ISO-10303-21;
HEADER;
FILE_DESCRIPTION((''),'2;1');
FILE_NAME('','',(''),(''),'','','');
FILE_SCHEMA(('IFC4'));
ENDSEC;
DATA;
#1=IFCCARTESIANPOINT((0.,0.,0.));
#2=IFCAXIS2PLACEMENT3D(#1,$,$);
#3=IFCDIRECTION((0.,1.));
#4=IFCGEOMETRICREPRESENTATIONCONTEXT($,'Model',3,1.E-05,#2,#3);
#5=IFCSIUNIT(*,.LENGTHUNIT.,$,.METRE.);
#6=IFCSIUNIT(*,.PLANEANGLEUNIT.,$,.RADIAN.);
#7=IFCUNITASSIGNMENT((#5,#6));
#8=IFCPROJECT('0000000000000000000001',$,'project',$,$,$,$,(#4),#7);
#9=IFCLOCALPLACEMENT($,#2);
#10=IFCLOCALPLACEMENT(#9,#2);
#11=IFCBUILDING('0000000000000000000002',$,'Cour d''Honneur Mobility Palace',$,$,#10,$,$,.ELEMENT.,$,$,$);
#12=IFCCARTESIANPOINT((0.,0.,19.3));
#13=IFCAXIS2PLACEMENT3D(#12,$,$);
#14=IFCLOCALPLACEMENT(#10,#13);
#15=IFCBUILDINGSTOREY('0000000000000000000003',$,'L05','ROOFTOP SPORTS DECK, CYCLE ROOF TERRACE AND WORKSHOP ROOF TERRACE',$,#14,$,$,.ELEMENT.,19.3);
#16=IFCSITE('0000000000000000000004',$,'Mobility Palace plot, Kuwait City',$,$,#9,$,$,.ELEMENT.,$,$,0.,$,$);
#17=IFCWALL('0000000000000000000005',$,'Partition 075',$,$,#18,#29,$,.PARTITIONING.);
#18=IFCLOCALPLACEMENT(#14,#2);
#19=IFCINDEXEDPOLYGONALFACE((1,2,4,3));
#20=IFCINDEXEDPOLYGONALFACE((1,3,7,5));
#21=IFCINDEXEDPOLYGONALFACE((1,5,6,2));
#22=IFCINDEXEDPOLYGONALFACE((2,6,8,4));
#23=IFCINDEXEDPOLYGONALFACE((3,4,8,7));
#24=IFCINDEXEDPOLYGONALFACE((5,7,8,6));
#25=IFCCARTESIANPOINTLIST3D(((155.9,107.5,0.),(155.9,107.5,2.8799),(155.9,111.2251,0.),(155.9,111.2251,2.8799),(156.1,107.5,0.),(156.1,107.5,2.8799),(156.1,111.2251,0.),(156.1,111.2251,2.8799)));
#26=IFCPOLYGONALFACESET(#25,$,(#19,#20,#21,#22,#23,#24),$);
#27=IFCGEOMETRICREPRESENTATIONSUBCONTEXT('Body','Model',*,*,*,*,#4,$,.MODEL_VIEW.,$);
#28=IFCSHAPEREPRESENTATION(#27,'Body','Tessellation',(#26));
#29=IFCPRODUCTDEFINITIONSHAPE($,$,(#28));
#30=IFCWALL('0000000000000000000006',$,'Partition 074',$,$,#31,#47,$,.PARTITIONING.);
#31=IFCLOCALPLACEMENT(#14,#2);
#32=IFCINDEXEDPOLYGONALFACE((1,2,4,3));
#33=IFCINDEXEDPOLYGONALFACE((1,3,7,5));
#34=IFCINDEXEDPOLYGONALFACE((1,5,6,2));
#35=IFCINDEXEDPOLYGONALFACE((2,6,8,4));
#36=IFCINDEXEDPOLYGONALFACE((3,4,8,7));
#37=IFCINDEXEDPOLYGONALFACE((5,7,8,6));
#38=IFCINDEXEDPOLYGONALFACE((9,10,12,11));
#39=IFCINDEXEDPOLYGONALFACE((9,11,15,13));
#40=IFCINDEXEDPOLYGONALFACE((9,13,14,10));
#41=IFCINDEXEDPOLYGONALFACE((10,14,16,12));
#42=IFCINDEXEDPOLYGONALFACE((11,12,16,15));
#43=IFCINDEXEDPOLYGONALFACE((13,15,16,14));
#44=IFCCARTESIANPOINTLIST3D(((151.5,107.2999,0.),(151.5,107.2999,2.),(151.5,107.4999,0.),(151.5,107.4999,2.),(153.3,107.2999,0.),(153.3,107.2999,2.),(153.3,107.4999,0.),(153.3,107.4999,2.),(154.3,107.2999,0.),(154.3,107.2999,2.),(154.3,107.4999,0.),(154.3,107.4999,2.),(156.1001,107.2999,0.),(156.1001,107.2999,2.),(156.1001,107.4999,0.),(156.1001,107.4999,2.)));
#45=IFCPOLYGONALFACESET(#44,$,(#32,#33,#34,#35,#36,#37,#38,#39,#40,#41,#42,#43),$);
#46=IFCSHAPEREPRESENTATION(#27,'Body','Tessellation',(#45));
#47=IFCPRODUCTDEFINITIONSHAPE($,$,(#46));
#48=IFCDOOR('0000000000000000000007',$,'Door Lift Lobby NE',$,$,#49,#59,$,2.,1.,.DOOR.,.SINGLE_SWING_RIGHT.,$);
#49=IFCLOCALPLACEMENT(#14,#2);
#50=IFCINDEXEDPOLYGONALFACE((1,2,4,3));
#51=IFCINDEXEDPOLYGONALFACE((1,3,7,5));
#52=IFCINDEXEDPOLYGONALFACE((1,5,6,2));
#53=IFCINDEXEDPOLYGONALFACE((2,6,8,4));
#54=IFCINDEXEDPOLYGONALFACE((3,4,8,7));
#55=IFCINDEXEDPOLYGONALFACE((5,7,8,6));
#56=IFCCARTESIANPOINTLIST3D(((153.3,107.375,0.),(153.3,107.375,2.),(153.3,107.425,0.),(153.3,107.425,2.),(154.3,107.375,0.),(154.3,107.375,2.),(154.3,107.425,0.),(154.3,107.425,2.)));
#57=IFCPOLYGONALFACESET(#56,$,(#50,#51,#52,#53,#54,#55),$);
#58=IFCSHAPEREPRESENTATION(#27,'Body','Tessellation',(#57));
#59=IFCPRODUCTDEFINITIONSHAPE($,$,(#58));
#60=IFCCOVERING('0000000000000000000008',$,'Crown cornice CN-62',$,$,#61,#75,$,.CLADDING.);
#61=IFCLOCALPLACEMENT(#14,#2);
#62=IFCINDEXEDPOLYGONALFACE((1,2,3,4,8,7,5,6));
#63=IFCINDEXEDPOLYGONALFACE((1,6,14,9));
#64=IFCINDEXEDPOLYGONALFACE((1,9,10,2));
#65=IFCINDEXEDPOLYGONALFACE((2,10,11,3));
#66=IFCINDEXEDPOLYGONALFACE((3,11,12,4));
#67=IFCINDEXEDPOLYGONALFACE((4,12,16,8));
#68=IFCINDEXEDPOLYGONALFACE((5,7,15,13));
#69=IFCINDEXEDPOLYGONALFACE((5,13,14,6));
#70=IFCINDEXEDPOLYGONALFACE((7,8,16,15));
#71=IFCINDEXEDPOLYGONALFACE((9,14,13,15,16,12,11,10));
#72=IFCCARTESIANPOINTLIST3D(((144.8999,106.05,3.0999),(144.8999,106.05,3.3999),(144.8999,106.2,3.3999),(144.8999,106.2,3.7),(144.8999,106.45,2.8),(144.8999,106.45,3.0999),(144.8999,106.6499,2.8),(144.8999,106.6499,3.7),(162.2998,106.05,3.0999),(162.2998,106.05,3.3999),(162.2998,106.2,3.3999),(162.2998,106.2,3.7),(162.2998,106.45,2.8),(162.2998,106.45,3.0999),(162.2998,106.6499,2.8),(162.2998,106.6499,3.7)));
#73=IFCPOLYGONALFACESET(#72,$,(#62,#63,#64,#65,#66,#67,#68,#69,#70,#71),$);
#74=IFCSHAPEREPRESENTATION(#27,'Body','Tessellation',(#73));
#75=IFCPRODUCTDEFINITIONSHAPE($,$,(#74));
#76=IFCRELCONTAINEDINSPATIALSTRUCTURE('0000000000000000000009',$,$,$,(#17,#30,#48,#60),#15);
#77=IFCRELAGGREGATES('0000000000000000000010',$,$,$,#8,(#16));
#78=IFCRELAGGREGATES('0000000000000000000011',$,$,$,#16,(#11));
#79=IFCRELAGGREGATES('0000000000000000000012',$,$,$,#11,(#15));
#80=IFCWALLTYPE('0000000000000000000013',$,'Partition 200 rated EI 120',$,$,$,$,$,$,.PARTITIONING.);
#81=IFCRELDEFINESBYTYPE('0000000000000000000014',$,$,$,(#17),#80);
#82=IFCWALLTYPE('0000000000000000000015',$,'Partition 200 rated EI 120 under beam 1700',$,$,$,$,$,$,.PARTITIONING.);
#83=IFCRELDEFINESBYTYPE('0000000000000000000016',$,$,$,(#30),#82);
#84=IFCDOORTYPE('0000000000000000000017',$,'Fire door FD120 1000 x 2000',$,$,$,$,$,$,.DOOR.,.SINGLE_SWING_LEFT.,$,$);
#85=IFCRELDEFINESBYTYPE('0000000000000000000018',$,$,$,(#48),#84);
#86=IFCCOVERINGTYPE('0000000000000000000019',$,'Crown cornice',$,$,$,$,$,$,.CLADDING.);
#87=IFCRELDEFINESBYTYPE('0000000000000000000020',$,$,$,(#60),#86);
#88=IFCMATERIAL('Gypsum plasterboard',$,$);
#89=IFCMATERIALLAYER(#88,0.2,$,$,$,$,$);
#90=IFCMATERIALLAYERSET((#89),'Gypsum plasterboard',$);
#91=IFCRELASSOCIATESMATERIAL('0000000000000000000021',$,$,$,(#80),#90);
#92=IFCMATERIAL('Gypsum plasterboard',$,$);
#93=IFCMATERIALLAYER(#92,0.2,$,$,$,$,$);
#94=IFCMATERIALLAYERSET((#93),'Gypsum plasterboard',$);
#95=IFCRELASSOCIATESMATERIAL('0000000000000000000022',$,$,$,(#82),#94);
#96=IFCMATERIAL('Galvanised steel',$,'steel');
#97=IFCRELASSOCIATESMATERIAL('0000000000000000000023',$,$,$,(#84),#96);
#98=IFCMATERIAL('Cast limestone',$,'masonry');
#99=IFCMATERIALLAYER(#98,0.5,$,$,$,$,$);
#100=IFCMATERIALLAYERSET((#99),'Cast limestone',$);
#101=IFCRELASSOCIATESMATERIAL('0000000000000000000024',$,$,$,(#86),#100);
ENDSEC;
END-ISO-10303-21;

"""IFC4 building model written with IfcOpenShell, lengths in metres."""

from ifc_helpers import new_model, si_unit, direction, frame, frame_2d, origin, place, context, subcontext, project, spatial, polyline, rectangle, outline, extrude, material, layer, layer_set, type_object, element, fill, save


model = new_model("IFC4")

# Units and contexts
model_context = context("Model", 3, precision=1e-05, world=origin(), true_north=direction((0.0, 1.0)))
body_context = subcontext(model_context, "Body", "Model", "MODEL_VIEW")
ifc_project = project(units=[si_unit("LENGTHUNIT", "METRE"), si_unit("PLANEANGLEUNIT", "RADIAN")], contexts=[model_context])

# Site, building, storey
site_placement = place(None, origin())
site = spatial("IfcSite", under=ifc_project, at=site_placement, Name="Mobility Palace plot, Kuwait City", CompositionType="ELEMENT", RefElevation=0.0)
building_placement = place(site_placement, origin())
building = spatial("IfcBuilding", under=site, at=building_placement, Name="Cour d'Honneur Mobility Palace", CompositionType="ELEMENT")
storey_placement = place(building_placement, frame((0.0, 0.0, 19.3)))
storey = spatial("IfcBuildingStorey", under=building, at=storey_placement, Name="L05", Description="ROOFTOP SPORTS DECK, CYCLE ROOF TERRACE AND WORKSHOP ROOF TERRACE", CompositionType="ELEMENT", Elevation=19.3)

# Wall
ifc_material_1 = material(Name="Gypsum plasterboard")
ifc_layer_1 = layer(ifc_material_1, 0.2)
ifc_layer_set_1 = layer_set([ifc_layer_1], Name="Gypsum plasterboard")
wall_type_1 = type_object("IfcWallType", Name="Partition 200 rated EI 120", PredefinedType="PARTITIONING", material=ifc_layer_set_1)
wall_1_placement = place(storey_placement, frame((156.0, 107.5, 0.0), z_axis=(0.0, 0.0, 1.0), x_axis=(0.0, 1.0, 0.0)))
element("IfcWall", 1, at=wall_1_placement, inside=storey, type_object=wall_type_1, Name="Partition 075", PredefinedType="PARTITIONING", context=body_context, shape_type="SweptSolid", body=[
    extrude(rectangle(XDim=3.7251, YDim=0.2, at=frame_2d((1.8625, 0.0))), origin(), (0.0, 0.0, 1.0), 2.8799),
])

# Wall, opening, door
ifc_material_2 = material(Name="Gypsum plasterboard")
ifc_layer_2 = layer(ifc_material_2, 0.2)
ifc_layer_set_2 = layer_set([ifc_layer_2], Name="Gypsum plasterboard")
wall_type_2 = type_object("IfcWallType", Name="Partition 200 rated EI 120 under beam 1700", PredefinedType="PARTITIONING", material=ifc_layer_set_2)
wall_2_placement = place(storey_placement, frame((151.5, 107.3999, 0.0), z_axis=(0.0, 0.0, 1.0), x_axis=(1.0, 0.0, 0.0)))
wall_2 = element("IfcWall", 2, at=wall_2_placement, inside=storey, type_object=wall_type_2, Name="Partition 074", PredefinedType="PARTITIONING", context=body_context, shape_type="SweptSolid", body=[
    extrude(rectangle(XDim=4.6001, YDim=0.2, at=frame_2d((2.3, 0.0))), origin(), (0.0, 0.0, 1.0), 2.0),
])
opening_1_placement = place(wall_2_placement, frame((1.8, 0.0, 0.0)))
opening_1 = element("IfcOpeningElement", 3, at=opening_1_placement, cuts=wall_2, PredefinedType="OPENING", context=body_context, shape_type="SweptSolid", body=[
    extrude(rectangle(XDim=1.0, YDim=2.0, at=frame_2d((0.5, 1.0))), frame((0.0, 0.1099, 0.0), z_axis=(0.0, -1.0, 0.0), x_axis=(1.0, 0.0, 0.0)), (0.0, 0.0, 1.0), 0.22),
])
ifc_material_3 = material(Name="Galvanised steel", Category="steel")
door_type_1 = type_object("IfcDoorType", Name="Fire door FD120 1000 x 2000", OperationType="SINGLE_SWING_LEFT", PredefinedType="DOOR", material=ifc_material_3)
door_1_placement = place(opening_1_placement, frame((1.0, 0.0, 0.0), z_axis=(0.0, 0.0, 1.0), x_axis=(-1.0, 0.0, 0.0)))
door_1 = element("IfcDoor", 4, at=door_1_placement, inside=storey, type_object=door_type_1, Name="Door Lift Lobby NE", OperationType="SINGLE_SWING_RIGHT", OverallHeight=2.0, OverallWidth=1.0, PredefinedType="DOOR", context=body_context, shape_type="SweptSolid", body=[
    extrude(rectangle(XDim=1.0, YDim=2.0, at=frame_2d((0.5, 1.0))), frame((0.0, 0.0249, 0.0), z_axis=(0.0, -1.0, 0.0), x_axis=(1.0, 0.0, 0.0)), (0.0, 0.0, 1.0), 0.05),
])
fill(opening_1, door_1)

# Covering
ifc_material_4 = material(Name="Cast limestone", Category="masonry")
ifc_layer_3 = layer(ifc_material_4, 0.5)
ifc_layer_set_3 = layer_set([ifc_layer_3], Name="Cast limestone")
covering_type = type_object("IfcCoveringType", Name="Crown cornice", PredefinedType="CLADDING", material=ifc_layer_set_3)
covering_placement = place(storey_placement, frame((144.8999, 106.6499, 2.8), z_axis=(-1.0, 0.0, 0.0), x_axis=(0.0, -1.0, 0.0)))
element("IfcCovering", 5, at=covering_placement, inside=storey, type_object=covering_type, Name="Crown cornice CN-62", PredefinedType="CLADDING", context=body_context, shape_type="SweptSolid", body=[
    extrude(outline(polyline([(0.0, 0.0), (0.2, 0.0), (0.2, 0.2998), (0.5999, 0.2998), (0.5999, 0.5999), (0.45, 0.5999), (0.45, 0.8999), (0.0, 0.8999), (0.0, 0.0)])), origin(), (0.0, 0.0, -1.0), 17.3999),
])

save(model, "model.ifc")
